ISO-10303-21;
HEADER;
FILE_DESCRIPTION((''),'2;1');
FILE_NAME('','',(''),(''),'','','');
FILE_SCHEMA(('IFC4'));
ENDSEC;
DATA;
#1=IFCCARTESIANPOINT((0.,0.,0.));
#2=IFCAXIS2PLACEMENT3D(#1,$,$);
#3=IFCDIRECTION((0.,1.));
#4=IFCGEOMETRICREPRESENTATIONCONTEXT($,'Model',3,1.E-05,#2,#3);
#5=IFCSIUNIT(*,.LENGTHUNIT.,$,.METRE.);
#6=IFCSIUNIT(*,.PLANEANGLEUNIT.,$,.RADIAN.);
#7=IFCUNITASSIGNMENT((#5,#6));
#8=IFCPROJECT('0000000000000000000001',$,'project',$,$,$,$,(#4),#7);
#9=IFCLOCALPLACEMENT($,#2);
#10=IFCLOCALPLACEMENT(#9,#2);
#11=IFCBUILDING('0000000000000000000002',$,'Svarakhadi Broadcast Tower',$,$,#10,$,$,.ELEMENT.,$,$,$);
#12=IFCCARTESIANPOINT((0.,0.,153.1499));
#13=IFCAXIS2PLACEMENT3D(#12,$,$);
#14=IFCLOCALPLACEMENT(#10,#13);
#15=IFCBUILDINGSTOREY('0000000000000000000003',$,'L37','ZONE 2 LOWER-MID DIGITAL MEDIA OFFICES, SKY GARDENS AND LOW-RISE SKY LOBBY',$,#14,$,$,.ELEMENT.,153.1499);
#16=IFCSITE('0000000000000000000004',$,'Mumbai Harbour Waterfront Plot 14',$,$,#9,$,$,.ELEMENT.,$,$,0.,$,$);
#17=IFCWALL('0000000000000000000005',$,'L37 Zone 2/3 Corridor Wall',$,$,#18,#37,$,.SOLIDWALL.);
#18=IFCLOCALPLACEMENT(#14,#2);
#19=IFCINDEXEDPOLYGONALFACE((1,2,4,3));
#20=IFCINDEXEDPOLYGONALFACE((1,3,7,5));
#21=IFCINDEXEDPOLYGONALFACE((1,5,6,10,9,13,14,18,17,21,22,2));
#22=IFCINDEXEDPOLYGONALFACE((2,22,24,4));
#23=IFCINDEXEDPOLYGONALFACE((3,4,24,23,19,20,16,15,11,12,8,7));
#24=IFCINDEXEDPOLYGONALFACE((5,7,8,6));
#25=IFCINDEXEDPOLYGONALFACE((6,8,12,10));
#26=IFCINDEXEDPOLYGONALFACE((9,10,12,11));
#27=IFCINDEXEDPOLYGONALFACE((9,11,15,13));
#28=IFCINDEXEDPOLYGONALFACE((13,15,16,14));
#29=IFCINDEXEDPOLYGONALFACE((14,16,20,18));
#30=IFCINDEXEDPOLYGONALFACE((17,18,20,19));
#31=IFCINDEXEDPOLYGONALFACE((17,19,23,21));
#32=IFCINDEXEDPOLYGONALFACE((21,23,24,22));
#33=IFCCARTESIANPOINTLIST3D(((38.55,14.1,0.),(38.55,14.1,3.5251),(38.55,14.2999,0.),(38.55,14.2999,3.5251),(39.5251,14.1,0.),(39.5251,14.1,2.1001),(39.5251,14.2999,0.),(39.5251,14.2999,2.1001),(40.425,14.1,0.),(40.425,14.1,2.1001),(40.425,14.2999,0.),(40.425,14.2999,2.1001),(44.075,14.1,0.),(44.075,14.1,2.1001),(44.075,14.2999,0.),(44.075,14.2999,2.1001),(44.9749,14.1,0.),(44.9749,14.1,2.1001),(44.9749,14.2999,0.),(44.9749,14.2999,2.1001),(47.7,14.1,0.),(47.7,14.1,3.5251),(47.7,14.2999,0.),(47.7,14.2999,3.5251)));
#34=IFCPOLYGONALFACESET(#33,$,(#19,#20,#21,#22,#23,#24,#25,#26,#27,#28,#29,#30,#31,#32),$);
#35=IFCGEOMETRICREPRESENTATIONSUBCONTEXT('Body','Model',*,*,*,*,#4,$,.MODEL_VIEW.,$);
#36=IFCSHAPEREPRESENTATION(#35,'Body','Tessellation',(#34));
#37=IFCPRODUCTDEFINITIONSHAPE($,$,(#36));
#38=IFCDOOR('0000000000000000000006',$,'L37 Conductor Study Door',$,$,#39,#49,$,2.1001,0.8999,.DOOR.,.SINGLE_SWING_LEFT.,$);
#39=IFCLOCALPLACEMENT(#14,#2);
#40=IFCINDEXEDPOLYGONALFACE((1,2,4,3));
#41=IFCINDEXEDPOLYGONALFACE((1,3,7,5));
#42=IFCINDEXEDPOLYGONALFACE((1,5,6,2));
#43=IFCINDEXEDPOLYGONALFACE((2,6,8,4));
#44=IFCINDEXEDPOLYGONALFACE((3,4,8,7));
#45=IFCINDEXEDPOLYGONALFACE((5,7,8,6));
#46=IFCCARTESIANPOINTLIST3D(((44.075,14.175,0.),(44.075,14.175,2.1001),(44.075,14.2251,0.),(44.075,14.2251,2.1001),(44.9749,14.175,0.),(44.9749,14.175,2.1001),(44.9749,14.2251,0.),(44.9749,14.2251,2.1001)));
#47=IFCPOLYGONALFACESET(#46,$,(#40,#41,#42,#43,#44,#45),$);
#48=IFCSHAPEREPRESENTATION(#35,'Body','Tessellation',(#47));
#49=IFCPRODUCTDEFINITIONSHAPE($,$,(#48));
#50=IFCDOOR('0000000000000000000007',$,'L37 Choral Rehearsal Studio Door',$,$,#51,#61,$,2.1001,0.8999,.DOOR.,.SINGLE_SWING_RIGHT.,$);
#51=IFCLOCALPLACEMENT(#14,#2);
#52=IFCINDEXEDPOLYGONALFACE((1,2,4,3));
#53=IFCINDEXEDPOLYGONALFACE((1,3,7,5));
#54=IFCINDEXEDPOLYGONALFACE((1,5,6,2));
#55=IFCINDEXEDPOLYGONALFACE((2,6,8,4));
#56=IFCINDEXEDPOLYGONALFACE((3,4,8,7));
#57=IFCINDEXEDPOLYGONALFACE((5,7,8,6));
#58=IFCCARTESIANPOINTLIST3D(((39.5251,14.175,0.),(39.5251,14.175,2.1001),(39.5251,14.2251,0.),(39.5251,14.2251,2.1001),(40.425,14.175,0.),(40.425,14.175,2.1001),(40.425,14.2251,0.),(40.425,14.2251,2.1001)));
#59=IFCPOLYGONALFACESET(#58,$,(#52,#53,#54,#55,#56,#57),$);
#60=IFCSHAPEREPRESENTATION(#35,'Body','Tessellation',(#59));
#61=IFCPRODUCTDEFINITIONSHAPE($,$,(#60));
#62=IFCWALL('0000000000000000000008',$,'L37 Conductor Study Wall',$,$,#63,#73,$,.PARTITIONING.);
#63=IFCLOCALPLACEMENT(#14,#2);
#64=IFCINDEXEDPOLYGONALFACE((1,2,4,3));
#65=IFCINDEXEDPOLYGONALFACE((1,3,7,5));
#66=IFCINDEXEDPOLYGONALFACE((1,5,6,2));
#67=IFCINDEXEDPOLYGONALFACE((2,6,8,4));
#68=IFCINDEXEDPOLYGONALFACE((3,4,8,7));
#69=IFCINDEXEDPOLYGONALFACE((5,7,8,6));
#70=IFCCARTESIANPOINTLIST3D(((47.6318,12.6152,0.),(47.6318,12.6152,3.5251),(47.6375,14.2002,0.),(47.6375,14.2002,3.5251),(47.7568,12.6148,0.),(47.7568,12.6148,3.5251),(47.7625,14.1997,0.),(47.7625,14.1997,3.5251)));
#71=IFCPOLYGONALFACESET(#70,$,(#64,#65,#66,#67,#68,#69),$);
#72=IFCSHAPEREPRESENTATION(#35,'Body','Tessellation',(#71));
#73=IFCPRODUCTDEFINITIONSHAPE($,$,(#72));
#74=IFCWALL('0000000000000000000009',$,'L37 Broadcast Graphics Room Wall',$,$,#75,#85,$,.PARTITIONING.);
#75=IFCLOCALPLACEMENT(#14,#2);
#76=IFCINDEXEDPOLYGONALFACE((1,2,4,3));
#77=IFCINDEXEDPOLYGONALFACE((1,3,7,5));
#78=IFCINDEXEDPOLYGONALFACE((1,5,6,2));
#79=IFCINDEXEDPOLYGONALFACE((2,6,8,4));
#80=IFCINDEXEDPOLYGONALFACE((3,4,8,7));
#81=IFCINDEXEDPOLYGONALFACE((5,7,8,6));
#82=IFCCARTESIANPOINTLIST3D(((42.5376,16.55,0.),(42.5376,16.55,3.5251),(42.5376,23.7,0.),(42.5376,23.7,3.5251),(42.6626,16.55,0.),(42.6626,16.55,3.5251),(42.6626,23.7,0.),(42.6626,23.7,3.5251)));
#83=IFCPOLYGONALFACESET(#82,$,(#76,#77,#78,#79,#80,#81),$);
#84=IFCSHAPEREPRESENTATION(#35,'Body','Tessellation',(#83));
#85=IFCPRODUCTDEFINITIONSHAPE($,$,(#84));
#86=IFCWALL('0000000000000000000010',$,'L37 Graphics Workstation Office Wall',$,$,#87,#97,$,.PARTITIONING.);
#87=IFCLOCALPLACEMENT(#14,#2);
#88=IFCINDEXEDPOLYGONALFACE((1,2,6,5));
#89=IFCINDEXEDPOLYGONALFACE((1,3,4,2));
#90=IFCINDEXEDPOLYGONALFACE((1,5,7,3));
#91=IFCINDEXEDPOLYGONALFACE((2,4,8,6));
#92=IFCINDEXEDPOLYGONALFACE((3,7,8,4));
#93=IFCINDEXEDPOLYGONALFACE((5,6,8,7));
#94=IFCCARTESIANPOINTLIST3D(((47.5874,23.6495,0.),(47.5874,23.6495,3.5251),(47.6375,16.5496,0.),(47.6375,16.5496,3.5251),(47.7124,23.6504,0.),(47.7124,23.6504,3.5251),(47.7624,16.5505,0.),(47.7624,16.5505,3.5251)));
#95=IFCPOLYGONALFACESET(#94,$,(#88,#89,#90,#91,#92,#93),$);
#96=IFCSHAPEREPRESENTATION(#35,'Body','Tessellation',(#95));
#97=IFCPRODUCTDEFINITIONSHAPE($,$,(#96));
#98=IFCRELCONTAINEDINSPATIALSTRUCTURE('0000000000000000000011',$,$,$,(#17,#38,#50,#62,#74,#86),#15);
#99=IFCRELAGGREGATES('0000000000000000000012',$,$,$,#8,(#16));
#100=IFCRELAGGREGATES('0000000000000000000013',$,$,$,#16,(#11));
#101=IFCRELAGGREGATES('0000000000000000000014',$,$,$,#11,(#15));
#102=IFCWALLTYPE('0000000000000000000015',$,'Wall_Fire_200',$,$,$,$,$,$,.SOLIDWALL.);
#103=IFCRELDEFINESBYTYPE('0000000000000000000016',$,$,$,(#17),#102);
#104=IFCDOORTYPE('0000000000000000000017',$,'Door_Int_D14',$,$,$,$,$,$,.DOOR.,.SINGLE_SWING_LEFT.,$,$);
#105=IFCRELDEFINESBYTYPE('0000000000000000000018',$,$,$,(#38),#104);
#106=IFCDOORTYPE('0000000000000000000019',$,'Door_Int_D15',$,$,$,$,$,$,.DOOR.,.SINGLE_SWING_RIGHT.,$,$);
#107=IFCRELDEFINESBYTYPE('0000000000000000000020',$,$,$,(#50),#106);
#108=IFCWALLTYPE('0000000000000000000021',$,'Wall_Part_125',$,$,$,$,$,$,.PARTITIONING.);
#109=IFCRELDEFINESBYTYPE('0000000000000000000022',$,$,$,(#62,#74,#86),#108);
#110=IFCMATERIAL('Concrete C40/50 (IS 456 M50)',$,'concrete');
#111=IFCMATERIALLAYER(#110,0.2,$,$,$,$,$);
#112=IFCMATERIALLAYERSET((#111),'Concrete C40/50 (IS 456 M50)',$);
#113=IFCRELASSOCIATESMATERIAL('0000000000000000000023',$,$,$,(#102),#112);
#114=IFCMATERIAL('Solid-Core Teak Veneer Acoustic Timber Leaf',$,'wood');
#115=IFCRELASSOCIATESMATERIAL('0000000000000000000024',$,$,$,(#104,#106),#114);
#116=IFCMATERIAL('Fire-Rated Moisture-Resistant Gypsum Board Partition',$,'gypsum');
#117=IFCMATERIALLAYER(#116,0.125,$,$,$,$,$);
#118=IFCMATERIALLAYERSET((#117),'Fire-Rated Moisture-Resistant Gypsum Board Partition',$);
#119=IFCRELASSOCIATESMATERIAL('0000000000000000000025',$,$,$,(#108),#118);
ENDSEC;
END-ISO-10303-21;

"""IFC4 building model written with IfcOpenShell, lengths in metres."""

from ifc_helpers import new_model, si_unit, direction, frame, frame_2d, origin, place, context, subcontext, project, spatial, rectangle, extrude, material, layer, layer_set, type_object, element, fill, save


model = new_model("IFC4")

# Units and contexts
model_context = context("Model", 3, precision=1e-05, world=origin(), true_north=direction((0.0, 1.0)))
body_context = subcontext(model_context, "Body", "Model", "MODEL_VIEW")
ifc_project = project(units=[si_unit("LENGTHUNIT", "METRE"), si_unit("PLANEANGLEUNIT", "RADIAN")], contexts=[model_context])

# Site, building, storey
site_placement = place(None, origin())
site = spatial("IfcSite", under=ifc_project, at=site_placement, Name="Mumbai Harbour Waterfront Plot 14", CompositionType="ELEMENT", RefElevation=0.0)
building_placement = place(site_placement, origin())
building = spatial("IfcBuilding", under=site, at=building_placement, Name="Svarakhadi Broadcast Tower", CompositionType="ELEMENT")
storey_placement = place(building_placement, frame((0.0, 0.0, 153.1499)))
storey = spatial("IfcBuildingStorey", under=building, at=storey_placement, Name="L37", Description="ZONE 2 LOWER-MID DIGITAL MEDIA OFFICES, SKY GARDENS AND LOW-RISE SKY LOBBY", CompositionType="ELEMENT", Elevation=153.1499)

# Shared definitions
ifc_material_1 = material(Name="Concrete C40/50 (IS 456 M50)", Category="concrete")

# Wall, openings, doors
ifc_layer_1 = layer(ifc_material_1, 0.2)
ifc_layer_set_1 = layer_set([ifc_layer_1], Name="Concrete C40/50 (IS 456 M50)")
wall_type_1 = type_object("IfcWallType", Name="Wall_Fire_200", PredefinedType="SOLIDWALL", material=ifc_layer_set_1)
wall_1_placement = place(storey_placement, frame((47.7, 14.2, 0.0), z_axis=(0.0, 0.0, 1.0), x_axis=(-1.0, 0.0, 0.0)))
wall_1 = element("IfcWall", 1, at=wall_1_placement, inside=storey, type_object=wall_type_1, Name="L37 Zone 2/3 Corridor Wall", PredefinedType="SOLIDWALL", context=body_context, shape_type="SweptSolid", body=[
    extrude(rectangle(XDim=9.1499, YDim=0.2, at=frame_2d((4.575, 0.0))), origin(), (0.0, 0.0, 1.0), 3.5251),
])
opening_1_placement = place(wall_1_placement, frame((7.2749, 0.0, 0.0)))
opening_1 = element("IfcOpeningElement", 2, at=opening_1_placement, cuts=wall_1, PredefinedType="OPENING", context=body_context, shape_type="SweptSolid", body=[
    extrude(rectangle(XDim=0.8999, YDim=2.1001, at=frame_2d((0.45, 1.05))), frame((0.0, 0.1099, 0.0), z_axis=(0.0, -1.0, 0.0), x_axis=(1.0, 0.0, 0.0)), (0.0, 0.0, 1.0), 0.22),
])
opening_2_placement = place(wall_1_placement, frame((2.7251, 0.0, 0.0)))
opening_2 = element("IfcOpeningElement", 3, at=opening_2_placement, cuts=wall_1, PredefinedType="OPENING", context=body_context, shape_type="SweptSolid", body=[
    extrude(rectangle(XDim=0.8999, YDim=2.1001, at=frame_2d((0.45, 1.05))), frame((0.0, 0.1099, 0.0), z_axis=(0.0, -1.0, 0.0), x_axis=(1.0, 0.0, 0.0)), (0.0, 0.0, 1.0), 0.22),
])
ifc_material_2 = material(Name="Solid-Core Teak Veneer Acoustic Timber Leaf", Category="wood")
door_type_1 = type_object("IfcDoorType", Name="Door_Int_D14", OperationType="SINGLE_SWING_LEFT", PredefinedType="DOOR", material=ifc_material_2)
door_1_placement = place(opening_2_placement, origin())
door_1 = element("IfcDoor", 4, at=door_1_placement, inside=storey, type_object=door_type_1, Name="L37 Conductor Study Door", OperationType="SINGLE_SWING_LEFT", OverallHeight=2.1001, OverallWidth=0.8999, PredefinedType="DOOR", context=body_context, shape_type="SweptSolid", body=[
    extrude(rectangle(XDim=0.8999, YDim=2.1001, at=frame_2d((0.45, 1.05))), frame((0.0, 0.0249, 0.0), z_axis=(0.0, -1.0, 0.0), x_axis=(1.0, 0.0, 0.0)), (0.0, 0.0, 1.0), 0.05),
])
fill(opening_2, door_1)
door_type_2 = type_object("IfcDoorType", Name="Door_Int_D15", OperationType="SINGLE_SWING_RIGHT", PredefinedType="DOOR", material=ifc_material_2)
door_2_placement = place(opening_1_placement, origin())
door_2 = element("IfcDoor", 5, at=door_2_placement, inside=storey, type_object=door_type_2, Name="L37 Choral Rehearsal Studio Door", OperationType="SINGLE_SWING_RIGHT", OverallHeight=2.1001, OverallWidth=0.8999, PredefinedType="DOOR", context=body_context, shape_type="SweptSolid", body=[
    extrude(rectangle(XDim=0.8999, YDim=2.1001, at=frame_2d((0.45, 1.05))), frame((0.0, 0.0249, 0.0), z_axis=(0.0, -1.0, 0.0), x_axis=(1.0, 0.0, 0.0)), (0.0, 0.0, 1.0), 0.05),
])
fill(opening_1, door_2)

# Walls
ifc_material_3 = material(Name="Fire-Rated Moisture-Resistant Gypsum Board Partition", Category="gypsum")
ifc_layer_2 = layer(ifc_material_3, 0.125)
ifc_layer_set_2 = layer_set([ifc_layer_2], Name="Fire-Rated Moisture-Resistant Gypsum Board Partition")
wall_type_2 = type_object("IfcWallType", Name="Wall_Part_125", PredefinedType="PARTITIONING", material=ifc_layer_set_2)
wall_2_placement = place(storey_placement, frame((47.6943, 12.615, 0.0), z_axis=(0.0, 0.0, 1.0), x_axis=(0.003543, 0.999994, 0.0)))
element("IfcWall", 6, at=wall_2_placement, inside=storey, type_object=wall_type_2, Name="L37 Conductor Study Wall", PredefinedType="PARTITIONING", context=body_context, shape_type="SweptSolid", body=[
    extrude(rectangle(XDim=1.585, YDim=0.125, at=frame_2d((0.7925, 0.0))), origin(), (0.0, 0.0, 1.0), 3.5251),
])
wall_3_placement = place(storey_placement, frame((42.6001, 16.55, 0.0), z_axis=(0.0, 0.0, 1.0), x_axis=(0.0, 1.0, 0.0)))
element("IfcWall", 7, at=wall_3_placement, inside=storey, type_object=wall_type_2, Name="L37 Broadcast Graphics Room Wall", PredefinedType="PARTITIONING", context=body_context, shape_type="SweptSolid", body=[
    extrude(rectangle(XDim=7.1499, YDim=0.125, at=frame_2d((3.575, 0.0))), origin(), (0.0, 0.0, 1.0), 3.5251),
])
wall_4_placement = place(storey_placement, frame((47.7, 16.55, 0.0), z_axis=(0.0, 0.0, 1.0), x_axis=(-0.007049, 0.999975, 0.0)))
element("IfcWall", 8, at=wall_4_placement, inside=storey, type_object=wall_type_2, Name="L37 Graphics Workstation Office Wall", PredefinedType="PARTITIONING", context=body_context, shape_type="SweptSolid", body=[
    extrude(rectangle(XDim=7.1001, YDim=0.125, at=frame_2d((3.55, 0.0))), origin(), (0.0, 0.0, 1.0), 3.5251),
])

save(model, "model.ifc")
